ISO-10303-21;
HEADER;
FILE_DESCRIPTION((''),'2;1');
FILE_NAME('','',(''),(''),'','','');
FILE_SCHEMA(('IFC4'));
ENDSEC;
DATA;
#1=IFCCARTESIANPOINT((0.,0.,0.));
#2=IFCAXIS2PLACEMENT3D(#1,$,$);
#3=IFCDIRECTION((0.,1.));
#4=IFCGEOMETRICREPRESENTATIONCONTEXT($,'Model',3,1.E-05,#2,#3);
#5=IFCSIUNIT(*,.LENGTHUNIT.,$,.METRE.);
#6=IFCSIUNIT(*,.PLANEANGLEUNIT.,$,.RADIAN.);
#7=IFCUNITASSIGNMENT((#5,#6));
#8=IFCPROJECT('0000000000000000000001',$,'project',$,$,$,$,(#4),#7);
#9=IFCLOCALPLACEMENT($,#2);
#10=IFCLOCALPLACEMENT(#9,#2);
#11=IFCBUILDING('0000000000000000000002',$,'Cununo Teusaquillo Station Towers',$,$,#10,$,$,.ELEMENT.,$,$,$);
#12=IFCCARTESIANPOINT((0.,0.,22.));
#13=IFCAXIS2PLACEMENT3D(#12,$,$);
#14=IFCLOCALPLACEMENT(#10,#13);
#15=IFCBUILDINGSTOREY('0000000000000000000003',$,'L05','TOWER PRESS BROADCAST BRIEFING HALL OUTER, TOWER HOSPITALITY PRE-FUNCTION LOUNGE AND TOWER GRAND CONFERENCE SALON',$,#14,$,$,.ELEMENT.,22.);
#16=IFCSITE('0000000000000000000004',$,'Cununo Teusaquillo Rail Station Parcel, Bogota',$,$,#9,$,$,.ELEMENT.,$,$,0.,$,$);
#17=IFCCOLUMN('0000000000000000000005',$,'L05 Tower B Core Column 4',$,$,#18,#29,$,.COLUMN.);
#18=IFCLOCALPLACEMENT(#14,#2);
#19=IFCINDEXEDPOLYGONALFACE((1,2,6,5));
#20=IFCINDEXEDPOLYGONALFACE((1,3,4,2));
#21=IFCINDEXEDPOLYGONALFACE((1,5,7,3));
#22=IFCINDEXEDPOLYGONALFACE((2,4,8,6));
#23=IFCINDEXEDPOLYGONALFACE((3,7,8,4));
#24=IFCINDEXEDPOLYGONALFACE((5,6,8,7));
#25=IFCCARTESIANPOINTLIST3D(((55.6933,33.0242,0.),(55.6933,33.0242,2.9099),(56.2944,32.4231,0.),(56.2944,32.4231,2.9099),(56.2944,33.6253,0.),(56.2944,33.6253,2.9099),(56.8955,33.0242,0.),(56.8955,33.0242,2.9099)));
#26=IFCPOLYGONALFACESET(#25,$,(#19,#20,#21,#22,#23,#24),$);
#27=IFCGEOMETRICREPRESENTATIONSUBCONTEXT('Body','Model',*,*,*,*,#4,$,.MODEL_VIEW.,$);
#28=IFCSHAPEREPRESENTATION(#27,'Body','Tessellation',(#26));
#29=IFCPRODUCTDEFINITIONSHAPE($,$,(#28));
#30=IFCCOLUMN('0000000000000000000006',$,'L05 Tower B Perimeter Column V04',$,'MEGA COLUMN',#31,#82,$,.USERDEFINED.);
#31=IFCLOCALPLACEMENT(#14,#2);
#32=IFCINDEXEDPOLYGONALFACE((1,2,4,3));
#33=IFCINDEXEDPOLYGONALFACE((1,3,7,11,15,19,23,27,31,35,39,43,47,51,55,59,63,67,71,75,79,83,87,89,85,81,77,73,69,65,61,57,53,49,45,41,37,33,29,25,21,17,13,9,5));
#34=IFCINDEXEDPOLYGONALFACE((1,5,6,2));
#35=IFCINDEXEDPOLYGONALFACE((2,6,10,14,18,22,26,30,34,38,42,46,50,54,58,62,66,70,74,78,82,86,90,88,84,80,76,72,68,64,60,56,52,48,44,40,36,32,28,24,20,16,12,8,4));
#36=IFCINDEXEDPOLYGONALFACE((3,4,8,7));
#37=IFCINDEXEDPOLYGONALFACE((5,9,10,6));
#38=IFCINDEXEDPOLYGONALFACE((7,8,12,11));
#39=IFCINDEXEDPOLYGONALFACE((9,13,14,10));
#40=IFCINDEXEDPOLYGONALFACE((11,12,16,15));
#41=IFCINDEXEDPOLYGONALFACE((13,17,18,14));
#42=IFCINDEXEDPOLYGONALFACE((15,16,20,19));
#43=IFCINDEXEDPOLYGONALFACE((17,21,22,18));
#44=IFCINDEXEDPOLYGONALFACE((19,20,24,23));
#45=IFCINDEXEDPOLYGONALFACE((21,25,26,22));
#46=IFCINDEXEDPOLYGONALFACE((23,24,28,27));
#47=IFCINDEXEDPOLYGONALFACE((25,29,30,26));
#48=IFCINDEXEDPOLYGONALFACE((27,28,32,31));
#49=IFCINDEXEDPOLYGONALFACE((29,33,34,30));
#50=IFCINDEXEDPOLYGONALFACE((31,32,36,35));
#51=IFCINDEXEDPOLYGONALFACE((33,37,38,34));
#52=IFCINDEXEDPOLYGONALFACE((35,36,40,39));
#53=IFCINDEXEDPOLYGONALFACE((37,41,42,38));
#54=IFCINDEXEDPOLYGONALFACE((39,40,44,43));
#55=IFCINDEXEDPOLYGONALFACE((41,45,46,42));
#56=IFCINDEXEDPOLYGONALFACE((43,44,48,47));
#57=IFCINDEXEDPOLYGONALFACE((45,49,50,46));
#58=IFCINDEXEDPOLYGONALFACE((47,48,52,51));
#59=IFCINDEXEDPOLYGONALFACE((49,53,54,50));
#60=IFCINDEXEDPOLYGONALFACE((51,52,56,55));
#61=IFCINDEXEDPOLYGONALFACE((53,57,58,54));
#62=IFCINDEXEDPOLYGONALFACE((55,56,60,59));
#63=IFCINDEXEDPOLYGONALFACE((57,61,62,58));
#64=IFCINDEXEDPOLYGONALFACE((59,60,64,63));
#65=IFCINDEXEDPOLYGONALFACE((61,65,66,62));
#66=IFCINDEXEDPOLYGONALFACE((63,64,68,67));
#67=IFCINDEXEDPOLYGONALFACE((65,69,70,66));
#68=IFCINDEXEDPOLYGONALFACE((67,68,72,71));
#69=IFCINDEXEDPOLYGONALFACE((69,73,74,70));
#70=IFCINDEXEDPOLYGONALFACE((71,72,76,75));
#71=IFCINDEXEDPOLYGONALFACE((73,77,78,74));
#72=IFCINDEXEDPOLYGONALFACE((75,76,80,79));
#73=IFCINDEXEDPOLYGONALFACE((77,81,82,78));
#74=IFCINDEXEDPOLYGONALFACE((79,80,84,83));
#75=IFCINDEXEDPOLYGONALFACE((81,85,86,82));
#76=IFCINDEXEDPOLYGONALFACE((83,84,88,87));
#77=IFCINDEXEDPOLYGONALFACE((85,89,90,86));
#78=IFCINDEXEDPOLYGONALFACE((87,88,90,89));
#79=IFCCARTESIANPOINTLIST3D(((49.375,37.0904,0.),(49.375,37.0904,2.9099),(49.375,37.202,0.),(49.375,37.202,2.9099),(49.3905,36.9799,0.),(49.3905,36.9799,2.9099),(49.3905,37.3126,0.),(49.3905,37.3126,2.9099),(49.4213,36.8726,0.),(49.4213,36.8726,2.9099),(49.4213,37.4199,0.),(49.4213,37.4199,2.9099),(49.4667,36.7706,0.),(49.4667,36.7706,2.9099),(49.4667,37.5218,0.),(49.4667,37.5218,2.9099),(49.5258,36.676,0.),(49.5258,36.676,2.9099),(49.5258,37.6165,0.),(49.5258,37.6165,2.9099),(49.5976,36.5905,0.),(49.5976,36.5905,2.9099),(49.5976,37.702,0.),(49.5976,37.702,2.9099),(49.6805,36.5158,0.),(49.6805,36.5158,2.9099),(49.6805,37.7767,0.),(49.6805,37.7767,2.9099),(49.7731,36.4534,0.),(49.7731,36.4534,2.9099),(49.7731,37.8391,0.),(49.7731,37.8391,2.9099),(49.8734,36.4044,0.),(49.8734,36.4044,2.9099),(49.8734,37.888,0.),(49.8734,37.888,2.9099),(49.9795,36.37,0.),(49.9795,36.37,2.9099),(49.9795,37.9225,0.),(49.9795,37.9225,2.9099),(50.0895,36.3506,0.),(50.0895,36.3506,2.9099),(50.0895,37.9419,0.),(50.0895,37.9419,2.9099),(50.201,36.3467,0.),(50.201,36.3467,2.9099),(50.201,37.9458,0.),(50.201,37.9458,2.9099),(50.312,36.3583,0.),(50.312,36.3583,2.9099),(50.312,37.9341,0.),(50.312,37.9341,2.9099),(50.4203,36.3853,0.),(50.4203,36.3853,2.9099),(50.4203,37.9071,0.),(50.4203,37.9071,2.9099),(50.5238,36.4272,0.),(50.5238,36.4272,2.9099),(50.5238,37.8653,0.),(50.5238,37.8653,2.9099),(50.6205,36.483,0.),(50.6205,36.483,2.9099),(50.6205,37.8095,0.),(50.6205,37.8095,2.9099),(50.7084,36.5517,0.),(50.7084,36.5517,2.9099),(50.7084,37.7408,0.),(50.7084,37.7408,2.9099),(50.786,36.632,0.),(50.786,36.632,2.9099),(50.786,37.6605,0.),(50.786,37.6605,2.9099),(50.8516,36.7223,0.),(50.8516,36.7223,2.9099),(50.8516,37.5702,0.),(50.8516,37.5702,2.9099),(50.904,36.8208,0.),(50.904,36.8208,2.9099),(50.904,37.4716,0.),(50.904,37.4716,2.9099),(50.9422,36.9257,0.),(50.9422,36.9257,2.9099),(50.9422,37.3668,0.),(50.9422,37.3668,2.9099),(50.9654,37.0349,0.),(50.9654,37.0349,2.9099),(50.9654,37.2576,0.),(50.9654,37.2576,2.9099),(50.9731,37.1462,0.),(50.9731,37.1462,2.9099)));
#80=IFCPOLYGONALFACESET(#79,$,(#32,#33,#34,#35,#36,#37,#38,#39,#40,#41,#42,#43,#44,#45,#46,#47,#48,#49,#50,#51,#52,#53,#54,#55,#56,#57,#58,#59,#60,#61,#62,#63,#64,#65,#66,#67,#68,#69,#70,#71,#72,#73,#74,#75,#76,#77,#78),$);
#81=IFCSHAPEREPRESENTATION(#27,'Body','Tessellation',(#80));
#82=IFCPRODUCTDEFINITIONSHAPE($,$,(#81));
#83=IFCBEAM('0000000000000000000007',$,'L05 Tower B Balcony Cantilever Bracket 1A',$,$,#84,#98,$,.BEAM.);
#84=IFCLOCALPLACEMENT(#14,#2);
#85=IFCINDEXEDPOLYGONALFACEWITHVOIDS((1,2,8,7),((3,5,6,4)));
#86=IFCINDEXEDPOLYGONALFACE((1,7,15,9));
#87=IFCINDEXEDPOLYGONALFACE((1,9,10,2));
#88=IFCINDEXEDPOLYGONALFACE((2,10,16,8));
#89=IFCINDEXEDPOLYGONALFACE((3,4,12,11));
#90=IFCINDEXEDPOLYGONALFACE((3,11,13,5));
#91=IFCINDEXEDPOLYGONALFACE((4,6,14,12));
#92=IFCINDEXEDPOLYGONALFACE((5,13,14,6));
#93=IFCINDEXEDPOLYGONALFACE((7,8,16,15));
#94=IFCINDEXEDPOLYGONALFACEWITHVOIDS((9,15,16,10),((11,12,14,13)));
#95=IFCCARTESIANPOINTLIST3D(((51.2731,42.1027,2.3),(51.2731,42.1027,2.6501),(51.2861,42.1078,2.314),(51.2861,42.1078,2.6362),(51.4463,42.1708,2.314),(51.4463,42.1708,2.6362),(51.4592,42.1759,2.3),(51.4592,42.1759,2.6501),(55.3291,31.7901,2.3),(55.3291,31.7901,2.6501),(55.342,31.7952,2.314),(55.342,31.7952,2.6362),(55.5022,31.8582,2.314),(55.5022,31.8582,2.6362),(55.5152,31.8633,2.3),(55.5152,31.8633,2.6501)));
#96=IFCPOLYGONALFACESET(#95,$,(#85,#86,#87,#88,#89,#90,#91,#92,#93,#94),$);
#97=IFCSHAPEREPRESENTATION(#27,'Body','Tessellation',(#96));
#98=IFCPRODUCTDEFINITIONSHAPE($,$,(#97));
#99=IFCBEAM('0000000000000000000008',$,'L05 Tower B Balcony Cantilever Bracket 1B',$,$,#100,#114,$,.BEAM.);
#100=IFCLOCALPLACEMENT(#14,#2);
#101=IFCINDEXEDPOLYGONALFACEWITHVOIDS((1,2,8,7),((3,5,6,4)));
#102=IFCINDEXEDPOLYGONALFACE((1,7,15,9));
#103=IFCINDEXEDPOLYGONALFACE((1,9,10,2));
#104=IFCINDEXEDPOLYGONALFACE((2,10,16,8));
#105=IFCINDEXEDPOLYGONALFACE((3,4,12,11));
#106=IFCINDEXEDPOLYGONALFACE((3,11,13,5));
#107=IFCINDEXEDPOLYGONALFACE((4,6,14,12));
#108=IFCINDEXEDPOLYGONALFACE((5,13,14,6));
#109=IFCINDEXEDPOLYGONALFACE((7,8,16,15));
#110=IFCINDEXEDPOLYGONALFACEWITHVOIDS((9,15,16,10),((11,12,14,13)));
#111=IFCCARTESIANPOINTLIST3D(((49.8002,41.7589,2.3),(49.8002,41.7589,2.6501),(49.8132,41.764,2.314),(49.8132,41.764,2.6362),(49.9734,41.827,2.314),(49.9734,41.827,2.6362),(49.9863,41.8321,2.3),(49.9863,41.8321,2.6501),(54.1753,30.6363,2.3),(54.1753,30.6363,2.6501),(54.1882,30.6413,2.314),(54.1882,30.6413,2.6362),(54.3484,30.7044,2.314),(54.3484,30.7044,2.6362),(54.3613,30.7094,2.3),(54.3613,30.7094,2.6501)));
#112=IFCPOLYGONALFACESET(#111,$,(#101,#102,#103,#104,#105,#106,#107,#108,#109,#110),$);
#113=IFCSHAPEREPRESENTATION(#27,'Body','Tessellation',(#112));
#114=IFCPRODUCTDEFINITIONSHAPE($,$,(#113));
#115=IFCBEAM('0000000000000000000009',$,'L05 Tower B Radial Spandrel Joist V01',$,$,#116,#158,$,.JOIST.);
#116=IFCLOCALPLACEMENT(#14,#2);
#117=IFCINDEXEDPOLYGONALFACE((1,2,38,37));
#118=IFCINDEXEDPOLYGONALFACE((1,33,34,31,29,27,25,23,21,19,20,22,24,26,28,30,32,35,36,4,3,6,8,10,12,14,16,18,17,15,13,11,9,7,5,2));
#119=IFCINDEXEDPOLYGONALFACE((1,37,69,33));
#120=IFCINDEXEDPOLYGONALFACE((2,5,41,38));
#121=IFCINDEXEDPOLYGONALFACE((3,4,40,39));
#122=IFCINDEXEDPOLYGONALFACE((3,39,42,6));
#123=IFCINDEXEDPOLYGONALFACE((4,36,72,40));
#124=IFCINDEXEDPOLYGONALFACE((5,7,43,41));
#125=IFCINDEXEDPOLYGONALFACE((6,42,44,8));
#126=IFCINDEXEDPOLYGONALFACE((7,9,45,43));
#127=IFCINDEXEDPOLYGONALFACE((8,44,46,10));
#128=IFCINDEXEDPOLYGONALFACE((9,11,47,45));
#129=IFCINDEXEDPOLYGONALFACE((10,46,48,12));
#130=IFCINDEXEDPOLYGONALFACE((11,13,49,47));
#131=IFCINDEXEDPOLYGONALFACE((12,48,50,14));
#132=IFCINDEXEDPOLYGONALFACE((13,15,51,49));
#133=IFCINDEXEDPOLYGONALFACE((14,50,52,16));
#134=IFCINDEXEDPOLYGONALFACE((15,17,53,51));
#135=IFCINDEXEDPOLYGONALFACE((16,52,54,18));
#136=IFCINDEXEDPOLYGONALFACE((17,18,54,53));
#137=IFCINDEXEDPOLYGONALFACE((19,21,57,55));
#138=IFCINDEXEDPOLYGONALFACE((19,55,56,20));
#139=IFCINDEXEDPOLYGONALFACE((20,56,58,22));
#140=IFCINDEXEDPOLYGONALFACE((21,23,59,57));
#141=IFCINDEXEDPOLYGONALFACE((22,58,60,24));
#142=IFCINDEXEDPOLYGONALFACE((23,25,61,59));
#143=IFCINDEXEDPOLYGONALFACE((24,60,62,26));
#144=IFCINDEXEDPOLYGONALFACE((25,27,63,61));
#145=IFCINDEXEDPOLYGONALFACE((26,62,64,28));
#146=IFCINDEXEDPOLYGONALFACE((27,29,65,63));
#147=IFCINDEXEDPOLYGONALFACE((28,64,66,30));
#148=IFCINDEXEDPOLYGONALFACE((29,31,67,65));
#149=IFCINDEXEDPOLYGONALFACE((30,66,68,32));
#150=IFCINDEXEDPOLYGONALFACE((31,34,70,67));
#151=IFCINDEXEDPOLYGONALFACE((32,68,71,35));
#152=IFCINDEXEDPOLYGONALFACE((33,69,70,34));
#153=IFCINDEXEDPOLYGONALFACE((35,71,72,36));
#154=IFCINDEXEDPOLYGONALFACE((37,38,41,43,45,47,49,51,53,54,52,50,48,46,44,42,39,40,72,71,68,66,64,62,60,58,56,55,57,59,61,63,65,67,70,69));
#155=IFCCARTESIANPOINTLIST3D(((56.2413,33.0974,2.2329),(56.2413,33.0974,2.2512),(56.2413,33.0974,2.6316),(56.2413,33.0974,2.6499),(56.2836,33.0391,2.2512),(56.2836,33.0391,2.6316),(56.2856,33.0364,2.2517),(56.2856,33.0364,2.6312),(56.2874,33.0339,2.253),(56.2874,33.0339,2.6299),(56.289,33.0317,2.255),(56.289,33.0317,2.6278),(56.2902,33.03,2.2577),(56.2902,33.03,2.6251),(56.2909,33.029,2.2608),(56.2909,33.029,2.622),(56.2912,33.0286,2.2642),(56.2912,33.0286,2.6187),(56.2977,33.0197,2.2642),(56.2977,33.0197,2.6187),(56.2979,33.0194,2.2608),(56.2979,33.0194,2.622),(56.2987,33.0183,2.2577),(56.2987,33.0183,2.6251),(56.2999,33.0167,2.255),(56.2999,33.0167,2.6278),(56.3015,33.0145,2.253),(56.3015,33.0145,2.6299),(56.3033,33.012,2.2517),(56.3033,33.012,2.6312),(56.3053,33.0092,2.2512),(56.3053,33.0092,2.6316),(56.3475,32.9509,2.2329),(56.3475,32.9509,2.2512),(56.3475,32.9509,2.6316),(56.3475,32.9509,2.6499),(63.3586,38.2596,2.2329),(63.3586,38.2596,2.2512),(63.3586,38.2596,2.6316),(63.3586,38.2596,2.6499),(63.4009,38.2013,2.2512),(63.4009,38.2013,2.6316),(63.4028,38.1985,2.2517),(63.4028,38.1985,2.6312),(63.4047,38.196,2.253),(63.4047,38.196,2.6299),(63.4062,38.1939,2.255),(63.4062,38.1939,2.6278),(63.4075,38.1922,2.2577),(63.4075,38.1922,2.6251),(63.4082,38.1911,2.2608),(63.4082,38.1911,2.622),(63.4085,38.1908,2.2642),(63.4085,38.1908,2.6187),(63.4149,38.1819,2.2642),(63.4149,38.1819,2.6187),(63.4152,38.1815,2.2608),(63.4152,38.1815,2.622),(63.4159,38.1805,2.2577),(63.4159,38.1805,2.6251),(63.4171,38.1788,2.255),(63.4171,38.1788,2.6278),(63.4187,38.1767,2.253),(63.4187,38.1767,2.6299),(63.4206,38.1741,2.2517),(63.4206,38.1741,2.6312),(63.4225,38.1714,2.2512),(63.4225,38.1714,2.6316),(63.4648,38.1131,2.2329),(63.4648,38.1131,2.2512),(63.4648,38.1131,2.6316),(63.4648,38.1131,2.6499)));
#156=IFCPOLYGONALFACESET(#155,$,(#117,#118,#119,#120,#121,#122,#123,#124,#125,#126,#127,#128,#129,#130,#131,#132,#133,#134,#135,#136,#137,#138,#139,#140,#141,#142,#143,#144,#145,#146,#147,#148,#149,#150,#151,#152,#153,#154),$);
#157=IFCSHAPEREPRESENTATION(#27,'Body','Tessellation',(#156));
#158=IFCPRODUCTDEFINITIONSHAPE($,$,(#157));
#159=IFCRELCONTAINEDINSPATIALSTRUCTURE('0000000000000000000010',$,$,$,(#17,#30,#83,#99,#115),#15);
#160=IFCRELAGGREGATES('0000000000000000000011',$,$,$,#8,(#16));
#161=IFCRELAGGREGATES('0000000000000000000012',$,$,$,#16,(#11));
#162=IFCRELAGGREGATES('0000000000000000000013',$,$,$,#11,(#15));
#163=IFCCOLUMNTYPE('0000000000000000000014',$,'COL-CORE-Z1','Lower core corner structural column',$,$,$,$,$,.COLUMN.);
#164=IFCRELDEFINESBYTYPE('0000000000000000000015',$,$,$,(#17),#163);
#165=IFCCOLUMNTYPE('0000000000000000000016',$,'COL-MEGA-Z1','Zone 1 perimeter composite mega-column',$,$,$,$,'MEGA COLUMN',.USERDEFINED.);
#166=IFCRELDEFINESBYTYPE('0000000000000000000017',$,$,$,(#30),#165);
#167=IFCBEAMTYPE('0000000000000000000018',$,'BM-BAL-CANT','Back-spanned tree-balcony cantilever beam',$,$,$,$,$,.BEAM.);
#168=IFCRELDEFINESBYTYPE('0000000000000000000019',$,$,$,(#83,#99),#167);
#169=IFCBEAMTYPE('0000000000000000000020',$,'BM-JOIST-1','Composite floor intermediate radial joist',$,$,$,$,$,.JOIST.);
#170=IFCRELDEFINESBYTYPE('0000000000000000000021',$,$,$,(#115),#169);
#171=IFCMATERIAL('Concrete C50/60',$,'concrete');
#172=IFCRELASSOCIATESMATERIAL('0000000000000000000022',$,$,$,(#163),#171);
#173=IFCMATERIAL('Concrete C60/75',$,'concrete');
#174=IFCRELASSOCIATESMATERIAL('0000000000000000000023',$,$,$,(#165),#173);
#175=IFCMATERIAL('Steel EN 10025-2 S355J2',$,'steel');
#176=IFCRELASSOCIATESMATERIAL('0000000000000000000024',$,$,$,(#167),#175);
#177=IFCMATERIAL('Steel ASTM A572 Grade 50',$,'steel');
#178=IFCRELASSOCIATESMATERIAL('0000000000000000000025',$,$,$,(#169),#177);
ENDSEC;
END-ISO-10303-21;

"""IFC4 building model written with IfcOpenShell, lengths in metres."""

from ifc_helpers import new_model, si_unit, direction, frame, origin, origin_2d, place, context, subcontext, project, spatial, rectangle, hollow_rectangle, circle, i_section, extrude, material, material_profile, profile_set, type_object, element, save


model = new_model("IFC4")

# Units and contexts
model_context = context("Model", 3, precision=1e-05, world=origin(), true_north=direction((0.0, 1.0)))
body_context = subcontext(model_context, "Body", "Model", "MODEL_VIEW")
ifc_project = project(units=[si_unit("LENGTHUNIT", "METRE"), si_unit("PLANEANGLEUNIT", "RADIAN")], contexts=[model_context])

# Site, building, storey
site_placement = place(None, origin())
site = spatial("IfcSite", under=ifc_project, at=site_placement, Name="Cununo Teusaquillo Rail Station Parcel, Bogota", CompositionType="ELEMENT", RefElevation=0.0)
building_placement = place(site_placement, origin())
building = spatial("IfcBuilding", under=site, at=building_placement, Name="Cununo Teusaquillo Station Towers", CompositionType="ELEMENT")
storey_placement = place(building_placement, frame((0.0, 0.0, 22.0)))
storey = spatial("IfcBuildingStorey", under=building, at=storey_placement, Name="L05", Description="TOWER PRESS BROADCAST BRIEFING HALL OUTER, TOWER HOSPITALITY PRE-FUNCTION LOUNGE AND TOWER GRAND CONFERENCE SALON", CompositionType="ELEMENT", Elevation=22.0)

# Columns
ifc_material_1 = material(Name="Concrete C50/60", Category="concrete")
ifc_material_profile_1 = material_profile(ifc_material_1, rectangle(XDim=0.8501, YDim=0.8501, at=origin_2d()), Name="RC-RECT-850x850")
ifc_profile_set_1 = profile_set([ifc_material_profile_1], Name="Concrete C50/60")
column_type_1 = type_object("IfcColumnType", Name="COL-CORE-Z1", Description="Lower core corner structural column", PredefinedType="COLUMN", material=ifc_profile_set_1)
column_1_placement = place(storey_placement, frame((56.2944, 33.0242, 0.0), z_axis=(0.0, 0.0, 1.0), x_axis=(0.707107, 0.707107, 0.0)))
element("IfcColumn", 1, at=column_1_placement, inside=storey, type_object=column_type_1, Name="L05 Tower B Core Column 4", PredefinedType="COLUMN", context=body_context, shape_type="SweptSolid", body=[
    extrude(rectangle(XDim=0.8501, YDim=0.8501, at=origin_2d()), origin(), (0.0, 0.0, 1.0), 2.9099),
])
ifc_material_2 = material(Name="Concrete C60/75", Category="concrete")
ifc_material_profile_2 = material_profile(ifc_material_2, circle(Radius=0.8, at=origin_2d()), Name="RC-CIRC-1600")
ifc_profile_set_2 = profile_set([ifc_material_profile_2], Name="Concrete C60/75")
column_type_2 = type_object("IfcColumnType", Name="COL-MEGA-Z1", Description="Zone 1 perimeter composite mega-column", ElementType="MEGA COLUMN", PredefinedType="USERDEFINED", material=ifc_profile_set_2)
column_2_placement = place(storey_placement, frame((50.1731, 37.1462, 0.0), z_axis=(0.0, 0.0, 1.0), x_axis=(1.0, 0.0, 0.0)))
element("IfcColumn", 2, at=column_2_placement, inside=storey, type_object=column_type_2, Name="L05 Tower B Perimeter Column V04", ObjectType="MEGA COLUMN", PredefinedType="USERDEFINED", context=body_context, shape_type="SweptSolid", body=[
    extrude(circle(Radius=0.8, at=origin_2d()), origin(), (0.0, 0.0, 1.0), 2.9099),
])

# Beams
ifc_material_3 = material(Name="Steel EN 10025-2 S355J2", Category="steel")
ifc_material_profile_3 = material_profile(ifc_material_3, hollow_rectangle(XDim=0.2, YDim=0.3501, WallThickness=0.0139, at=origin_2d()), Name="RHS 350x200x14")
ifc_profile_set_3 = profile_set([ifc_material_profile_3], Name="Steel EN 10025-2 S355J2")
beam_type_1 = type_object("IfcBeamType", Name="BM-BAL-CANT", Description="Back-spanned tree-balcony cantilever beam", PredefinedType="BEAM", material=ifc_profile_set_3)
beam_1_placement = place(storey_placement, frame((55.4221, 31.8267, 2.4751), z_axis=(-0.36601, 0.930611, 0.0), x_axis=(-0.930611, -0.36601, 0.0)))
element("IfcBeam", 3, at=beam_1_placement, inside=storey, type_object=beam_type_1, Name="L05 Tower B Balcony Cantilever Bracket 1A", PredefinedType="BEAM", context=body_context, shape_type="SweptSolid", body=[
    extrude(hollow_rectangle(XDim=0.2, YDim=0.3501, WallThickness=0.0139, at=origin_2d()), origin(), (0.0, 0.0, 1.0), 11.0815),
])
beam_2_placement = place(storey_placement, frame((54.2683, 30.6729, 2.4751), z_axis=(-0.366045, 0.930597, 0.0), x_axis=(-0.930597, -0.366045, 0.0)))
element("IfcBeam", 4, at=beam_2_placement, inside=storey, type_object=beam_type_1, Name="L05 Tower B Balcony Cantilever Bracket 1B", PredefinedType="BEAM", context=body_context, shape_type="SweptSolid", body=[
    extrude(hollow_rectangle(XDim=0.2, YDim=0.3501, WallThickness=0.0139, at=origin_2d()), origin(), (0.0, 0.0, 1.0), 11.9521),
])
ifc_material_4 = material(Name="Steel ASTM A572 Grade 50", Category="steel")
ifc_material_profile_4 = material_profile(ifc_material_4, i_section(OverallWidth=0.1809, OverallDepth=0.417, WebThickness=0.011, FlangeThickness=0.0183, FilletRadius=0.0129, at=origin_2d()), Name="W16X57")
ifc_profile_set_4 = profile_set([ifc_material_profile_4], Name="Steel ASTM A572 Grade 50")
beam_type_2 = type_object("IfcBeamType", Name="BM-JOIST-1", Description="Composite floor intermediate radial joist", PredefinedType="JOIST", material=ifc_profile_set_4)
beam_3_placement = place(storey_placement, frame((56.2944, 33.0242, 2.4414), z_axis=(0.809494, 0.587128, 0.0), x_axis=(-0.587128, 0.809494, 0.0)))
element("IfcBeam", 5, at=beam_3_placement, inside=storey, type_object=beam_type_2, Name="L05 Tower B Radial Spandrel Joist V01", PredefinedType="JOIST", context=body_context, shape_type="SweptSolid", body=[
    extrude(i_section(OverallWidth=0.1809, OverallDepth=0.417, WebThickness=0.011, FlangeThickness=0.0183, FilletRadius=0.0129, at=origin_2d()), origin(), (0.0, 0.0, 1.0), 8.7922),
])

save(model, "model.ifc")
